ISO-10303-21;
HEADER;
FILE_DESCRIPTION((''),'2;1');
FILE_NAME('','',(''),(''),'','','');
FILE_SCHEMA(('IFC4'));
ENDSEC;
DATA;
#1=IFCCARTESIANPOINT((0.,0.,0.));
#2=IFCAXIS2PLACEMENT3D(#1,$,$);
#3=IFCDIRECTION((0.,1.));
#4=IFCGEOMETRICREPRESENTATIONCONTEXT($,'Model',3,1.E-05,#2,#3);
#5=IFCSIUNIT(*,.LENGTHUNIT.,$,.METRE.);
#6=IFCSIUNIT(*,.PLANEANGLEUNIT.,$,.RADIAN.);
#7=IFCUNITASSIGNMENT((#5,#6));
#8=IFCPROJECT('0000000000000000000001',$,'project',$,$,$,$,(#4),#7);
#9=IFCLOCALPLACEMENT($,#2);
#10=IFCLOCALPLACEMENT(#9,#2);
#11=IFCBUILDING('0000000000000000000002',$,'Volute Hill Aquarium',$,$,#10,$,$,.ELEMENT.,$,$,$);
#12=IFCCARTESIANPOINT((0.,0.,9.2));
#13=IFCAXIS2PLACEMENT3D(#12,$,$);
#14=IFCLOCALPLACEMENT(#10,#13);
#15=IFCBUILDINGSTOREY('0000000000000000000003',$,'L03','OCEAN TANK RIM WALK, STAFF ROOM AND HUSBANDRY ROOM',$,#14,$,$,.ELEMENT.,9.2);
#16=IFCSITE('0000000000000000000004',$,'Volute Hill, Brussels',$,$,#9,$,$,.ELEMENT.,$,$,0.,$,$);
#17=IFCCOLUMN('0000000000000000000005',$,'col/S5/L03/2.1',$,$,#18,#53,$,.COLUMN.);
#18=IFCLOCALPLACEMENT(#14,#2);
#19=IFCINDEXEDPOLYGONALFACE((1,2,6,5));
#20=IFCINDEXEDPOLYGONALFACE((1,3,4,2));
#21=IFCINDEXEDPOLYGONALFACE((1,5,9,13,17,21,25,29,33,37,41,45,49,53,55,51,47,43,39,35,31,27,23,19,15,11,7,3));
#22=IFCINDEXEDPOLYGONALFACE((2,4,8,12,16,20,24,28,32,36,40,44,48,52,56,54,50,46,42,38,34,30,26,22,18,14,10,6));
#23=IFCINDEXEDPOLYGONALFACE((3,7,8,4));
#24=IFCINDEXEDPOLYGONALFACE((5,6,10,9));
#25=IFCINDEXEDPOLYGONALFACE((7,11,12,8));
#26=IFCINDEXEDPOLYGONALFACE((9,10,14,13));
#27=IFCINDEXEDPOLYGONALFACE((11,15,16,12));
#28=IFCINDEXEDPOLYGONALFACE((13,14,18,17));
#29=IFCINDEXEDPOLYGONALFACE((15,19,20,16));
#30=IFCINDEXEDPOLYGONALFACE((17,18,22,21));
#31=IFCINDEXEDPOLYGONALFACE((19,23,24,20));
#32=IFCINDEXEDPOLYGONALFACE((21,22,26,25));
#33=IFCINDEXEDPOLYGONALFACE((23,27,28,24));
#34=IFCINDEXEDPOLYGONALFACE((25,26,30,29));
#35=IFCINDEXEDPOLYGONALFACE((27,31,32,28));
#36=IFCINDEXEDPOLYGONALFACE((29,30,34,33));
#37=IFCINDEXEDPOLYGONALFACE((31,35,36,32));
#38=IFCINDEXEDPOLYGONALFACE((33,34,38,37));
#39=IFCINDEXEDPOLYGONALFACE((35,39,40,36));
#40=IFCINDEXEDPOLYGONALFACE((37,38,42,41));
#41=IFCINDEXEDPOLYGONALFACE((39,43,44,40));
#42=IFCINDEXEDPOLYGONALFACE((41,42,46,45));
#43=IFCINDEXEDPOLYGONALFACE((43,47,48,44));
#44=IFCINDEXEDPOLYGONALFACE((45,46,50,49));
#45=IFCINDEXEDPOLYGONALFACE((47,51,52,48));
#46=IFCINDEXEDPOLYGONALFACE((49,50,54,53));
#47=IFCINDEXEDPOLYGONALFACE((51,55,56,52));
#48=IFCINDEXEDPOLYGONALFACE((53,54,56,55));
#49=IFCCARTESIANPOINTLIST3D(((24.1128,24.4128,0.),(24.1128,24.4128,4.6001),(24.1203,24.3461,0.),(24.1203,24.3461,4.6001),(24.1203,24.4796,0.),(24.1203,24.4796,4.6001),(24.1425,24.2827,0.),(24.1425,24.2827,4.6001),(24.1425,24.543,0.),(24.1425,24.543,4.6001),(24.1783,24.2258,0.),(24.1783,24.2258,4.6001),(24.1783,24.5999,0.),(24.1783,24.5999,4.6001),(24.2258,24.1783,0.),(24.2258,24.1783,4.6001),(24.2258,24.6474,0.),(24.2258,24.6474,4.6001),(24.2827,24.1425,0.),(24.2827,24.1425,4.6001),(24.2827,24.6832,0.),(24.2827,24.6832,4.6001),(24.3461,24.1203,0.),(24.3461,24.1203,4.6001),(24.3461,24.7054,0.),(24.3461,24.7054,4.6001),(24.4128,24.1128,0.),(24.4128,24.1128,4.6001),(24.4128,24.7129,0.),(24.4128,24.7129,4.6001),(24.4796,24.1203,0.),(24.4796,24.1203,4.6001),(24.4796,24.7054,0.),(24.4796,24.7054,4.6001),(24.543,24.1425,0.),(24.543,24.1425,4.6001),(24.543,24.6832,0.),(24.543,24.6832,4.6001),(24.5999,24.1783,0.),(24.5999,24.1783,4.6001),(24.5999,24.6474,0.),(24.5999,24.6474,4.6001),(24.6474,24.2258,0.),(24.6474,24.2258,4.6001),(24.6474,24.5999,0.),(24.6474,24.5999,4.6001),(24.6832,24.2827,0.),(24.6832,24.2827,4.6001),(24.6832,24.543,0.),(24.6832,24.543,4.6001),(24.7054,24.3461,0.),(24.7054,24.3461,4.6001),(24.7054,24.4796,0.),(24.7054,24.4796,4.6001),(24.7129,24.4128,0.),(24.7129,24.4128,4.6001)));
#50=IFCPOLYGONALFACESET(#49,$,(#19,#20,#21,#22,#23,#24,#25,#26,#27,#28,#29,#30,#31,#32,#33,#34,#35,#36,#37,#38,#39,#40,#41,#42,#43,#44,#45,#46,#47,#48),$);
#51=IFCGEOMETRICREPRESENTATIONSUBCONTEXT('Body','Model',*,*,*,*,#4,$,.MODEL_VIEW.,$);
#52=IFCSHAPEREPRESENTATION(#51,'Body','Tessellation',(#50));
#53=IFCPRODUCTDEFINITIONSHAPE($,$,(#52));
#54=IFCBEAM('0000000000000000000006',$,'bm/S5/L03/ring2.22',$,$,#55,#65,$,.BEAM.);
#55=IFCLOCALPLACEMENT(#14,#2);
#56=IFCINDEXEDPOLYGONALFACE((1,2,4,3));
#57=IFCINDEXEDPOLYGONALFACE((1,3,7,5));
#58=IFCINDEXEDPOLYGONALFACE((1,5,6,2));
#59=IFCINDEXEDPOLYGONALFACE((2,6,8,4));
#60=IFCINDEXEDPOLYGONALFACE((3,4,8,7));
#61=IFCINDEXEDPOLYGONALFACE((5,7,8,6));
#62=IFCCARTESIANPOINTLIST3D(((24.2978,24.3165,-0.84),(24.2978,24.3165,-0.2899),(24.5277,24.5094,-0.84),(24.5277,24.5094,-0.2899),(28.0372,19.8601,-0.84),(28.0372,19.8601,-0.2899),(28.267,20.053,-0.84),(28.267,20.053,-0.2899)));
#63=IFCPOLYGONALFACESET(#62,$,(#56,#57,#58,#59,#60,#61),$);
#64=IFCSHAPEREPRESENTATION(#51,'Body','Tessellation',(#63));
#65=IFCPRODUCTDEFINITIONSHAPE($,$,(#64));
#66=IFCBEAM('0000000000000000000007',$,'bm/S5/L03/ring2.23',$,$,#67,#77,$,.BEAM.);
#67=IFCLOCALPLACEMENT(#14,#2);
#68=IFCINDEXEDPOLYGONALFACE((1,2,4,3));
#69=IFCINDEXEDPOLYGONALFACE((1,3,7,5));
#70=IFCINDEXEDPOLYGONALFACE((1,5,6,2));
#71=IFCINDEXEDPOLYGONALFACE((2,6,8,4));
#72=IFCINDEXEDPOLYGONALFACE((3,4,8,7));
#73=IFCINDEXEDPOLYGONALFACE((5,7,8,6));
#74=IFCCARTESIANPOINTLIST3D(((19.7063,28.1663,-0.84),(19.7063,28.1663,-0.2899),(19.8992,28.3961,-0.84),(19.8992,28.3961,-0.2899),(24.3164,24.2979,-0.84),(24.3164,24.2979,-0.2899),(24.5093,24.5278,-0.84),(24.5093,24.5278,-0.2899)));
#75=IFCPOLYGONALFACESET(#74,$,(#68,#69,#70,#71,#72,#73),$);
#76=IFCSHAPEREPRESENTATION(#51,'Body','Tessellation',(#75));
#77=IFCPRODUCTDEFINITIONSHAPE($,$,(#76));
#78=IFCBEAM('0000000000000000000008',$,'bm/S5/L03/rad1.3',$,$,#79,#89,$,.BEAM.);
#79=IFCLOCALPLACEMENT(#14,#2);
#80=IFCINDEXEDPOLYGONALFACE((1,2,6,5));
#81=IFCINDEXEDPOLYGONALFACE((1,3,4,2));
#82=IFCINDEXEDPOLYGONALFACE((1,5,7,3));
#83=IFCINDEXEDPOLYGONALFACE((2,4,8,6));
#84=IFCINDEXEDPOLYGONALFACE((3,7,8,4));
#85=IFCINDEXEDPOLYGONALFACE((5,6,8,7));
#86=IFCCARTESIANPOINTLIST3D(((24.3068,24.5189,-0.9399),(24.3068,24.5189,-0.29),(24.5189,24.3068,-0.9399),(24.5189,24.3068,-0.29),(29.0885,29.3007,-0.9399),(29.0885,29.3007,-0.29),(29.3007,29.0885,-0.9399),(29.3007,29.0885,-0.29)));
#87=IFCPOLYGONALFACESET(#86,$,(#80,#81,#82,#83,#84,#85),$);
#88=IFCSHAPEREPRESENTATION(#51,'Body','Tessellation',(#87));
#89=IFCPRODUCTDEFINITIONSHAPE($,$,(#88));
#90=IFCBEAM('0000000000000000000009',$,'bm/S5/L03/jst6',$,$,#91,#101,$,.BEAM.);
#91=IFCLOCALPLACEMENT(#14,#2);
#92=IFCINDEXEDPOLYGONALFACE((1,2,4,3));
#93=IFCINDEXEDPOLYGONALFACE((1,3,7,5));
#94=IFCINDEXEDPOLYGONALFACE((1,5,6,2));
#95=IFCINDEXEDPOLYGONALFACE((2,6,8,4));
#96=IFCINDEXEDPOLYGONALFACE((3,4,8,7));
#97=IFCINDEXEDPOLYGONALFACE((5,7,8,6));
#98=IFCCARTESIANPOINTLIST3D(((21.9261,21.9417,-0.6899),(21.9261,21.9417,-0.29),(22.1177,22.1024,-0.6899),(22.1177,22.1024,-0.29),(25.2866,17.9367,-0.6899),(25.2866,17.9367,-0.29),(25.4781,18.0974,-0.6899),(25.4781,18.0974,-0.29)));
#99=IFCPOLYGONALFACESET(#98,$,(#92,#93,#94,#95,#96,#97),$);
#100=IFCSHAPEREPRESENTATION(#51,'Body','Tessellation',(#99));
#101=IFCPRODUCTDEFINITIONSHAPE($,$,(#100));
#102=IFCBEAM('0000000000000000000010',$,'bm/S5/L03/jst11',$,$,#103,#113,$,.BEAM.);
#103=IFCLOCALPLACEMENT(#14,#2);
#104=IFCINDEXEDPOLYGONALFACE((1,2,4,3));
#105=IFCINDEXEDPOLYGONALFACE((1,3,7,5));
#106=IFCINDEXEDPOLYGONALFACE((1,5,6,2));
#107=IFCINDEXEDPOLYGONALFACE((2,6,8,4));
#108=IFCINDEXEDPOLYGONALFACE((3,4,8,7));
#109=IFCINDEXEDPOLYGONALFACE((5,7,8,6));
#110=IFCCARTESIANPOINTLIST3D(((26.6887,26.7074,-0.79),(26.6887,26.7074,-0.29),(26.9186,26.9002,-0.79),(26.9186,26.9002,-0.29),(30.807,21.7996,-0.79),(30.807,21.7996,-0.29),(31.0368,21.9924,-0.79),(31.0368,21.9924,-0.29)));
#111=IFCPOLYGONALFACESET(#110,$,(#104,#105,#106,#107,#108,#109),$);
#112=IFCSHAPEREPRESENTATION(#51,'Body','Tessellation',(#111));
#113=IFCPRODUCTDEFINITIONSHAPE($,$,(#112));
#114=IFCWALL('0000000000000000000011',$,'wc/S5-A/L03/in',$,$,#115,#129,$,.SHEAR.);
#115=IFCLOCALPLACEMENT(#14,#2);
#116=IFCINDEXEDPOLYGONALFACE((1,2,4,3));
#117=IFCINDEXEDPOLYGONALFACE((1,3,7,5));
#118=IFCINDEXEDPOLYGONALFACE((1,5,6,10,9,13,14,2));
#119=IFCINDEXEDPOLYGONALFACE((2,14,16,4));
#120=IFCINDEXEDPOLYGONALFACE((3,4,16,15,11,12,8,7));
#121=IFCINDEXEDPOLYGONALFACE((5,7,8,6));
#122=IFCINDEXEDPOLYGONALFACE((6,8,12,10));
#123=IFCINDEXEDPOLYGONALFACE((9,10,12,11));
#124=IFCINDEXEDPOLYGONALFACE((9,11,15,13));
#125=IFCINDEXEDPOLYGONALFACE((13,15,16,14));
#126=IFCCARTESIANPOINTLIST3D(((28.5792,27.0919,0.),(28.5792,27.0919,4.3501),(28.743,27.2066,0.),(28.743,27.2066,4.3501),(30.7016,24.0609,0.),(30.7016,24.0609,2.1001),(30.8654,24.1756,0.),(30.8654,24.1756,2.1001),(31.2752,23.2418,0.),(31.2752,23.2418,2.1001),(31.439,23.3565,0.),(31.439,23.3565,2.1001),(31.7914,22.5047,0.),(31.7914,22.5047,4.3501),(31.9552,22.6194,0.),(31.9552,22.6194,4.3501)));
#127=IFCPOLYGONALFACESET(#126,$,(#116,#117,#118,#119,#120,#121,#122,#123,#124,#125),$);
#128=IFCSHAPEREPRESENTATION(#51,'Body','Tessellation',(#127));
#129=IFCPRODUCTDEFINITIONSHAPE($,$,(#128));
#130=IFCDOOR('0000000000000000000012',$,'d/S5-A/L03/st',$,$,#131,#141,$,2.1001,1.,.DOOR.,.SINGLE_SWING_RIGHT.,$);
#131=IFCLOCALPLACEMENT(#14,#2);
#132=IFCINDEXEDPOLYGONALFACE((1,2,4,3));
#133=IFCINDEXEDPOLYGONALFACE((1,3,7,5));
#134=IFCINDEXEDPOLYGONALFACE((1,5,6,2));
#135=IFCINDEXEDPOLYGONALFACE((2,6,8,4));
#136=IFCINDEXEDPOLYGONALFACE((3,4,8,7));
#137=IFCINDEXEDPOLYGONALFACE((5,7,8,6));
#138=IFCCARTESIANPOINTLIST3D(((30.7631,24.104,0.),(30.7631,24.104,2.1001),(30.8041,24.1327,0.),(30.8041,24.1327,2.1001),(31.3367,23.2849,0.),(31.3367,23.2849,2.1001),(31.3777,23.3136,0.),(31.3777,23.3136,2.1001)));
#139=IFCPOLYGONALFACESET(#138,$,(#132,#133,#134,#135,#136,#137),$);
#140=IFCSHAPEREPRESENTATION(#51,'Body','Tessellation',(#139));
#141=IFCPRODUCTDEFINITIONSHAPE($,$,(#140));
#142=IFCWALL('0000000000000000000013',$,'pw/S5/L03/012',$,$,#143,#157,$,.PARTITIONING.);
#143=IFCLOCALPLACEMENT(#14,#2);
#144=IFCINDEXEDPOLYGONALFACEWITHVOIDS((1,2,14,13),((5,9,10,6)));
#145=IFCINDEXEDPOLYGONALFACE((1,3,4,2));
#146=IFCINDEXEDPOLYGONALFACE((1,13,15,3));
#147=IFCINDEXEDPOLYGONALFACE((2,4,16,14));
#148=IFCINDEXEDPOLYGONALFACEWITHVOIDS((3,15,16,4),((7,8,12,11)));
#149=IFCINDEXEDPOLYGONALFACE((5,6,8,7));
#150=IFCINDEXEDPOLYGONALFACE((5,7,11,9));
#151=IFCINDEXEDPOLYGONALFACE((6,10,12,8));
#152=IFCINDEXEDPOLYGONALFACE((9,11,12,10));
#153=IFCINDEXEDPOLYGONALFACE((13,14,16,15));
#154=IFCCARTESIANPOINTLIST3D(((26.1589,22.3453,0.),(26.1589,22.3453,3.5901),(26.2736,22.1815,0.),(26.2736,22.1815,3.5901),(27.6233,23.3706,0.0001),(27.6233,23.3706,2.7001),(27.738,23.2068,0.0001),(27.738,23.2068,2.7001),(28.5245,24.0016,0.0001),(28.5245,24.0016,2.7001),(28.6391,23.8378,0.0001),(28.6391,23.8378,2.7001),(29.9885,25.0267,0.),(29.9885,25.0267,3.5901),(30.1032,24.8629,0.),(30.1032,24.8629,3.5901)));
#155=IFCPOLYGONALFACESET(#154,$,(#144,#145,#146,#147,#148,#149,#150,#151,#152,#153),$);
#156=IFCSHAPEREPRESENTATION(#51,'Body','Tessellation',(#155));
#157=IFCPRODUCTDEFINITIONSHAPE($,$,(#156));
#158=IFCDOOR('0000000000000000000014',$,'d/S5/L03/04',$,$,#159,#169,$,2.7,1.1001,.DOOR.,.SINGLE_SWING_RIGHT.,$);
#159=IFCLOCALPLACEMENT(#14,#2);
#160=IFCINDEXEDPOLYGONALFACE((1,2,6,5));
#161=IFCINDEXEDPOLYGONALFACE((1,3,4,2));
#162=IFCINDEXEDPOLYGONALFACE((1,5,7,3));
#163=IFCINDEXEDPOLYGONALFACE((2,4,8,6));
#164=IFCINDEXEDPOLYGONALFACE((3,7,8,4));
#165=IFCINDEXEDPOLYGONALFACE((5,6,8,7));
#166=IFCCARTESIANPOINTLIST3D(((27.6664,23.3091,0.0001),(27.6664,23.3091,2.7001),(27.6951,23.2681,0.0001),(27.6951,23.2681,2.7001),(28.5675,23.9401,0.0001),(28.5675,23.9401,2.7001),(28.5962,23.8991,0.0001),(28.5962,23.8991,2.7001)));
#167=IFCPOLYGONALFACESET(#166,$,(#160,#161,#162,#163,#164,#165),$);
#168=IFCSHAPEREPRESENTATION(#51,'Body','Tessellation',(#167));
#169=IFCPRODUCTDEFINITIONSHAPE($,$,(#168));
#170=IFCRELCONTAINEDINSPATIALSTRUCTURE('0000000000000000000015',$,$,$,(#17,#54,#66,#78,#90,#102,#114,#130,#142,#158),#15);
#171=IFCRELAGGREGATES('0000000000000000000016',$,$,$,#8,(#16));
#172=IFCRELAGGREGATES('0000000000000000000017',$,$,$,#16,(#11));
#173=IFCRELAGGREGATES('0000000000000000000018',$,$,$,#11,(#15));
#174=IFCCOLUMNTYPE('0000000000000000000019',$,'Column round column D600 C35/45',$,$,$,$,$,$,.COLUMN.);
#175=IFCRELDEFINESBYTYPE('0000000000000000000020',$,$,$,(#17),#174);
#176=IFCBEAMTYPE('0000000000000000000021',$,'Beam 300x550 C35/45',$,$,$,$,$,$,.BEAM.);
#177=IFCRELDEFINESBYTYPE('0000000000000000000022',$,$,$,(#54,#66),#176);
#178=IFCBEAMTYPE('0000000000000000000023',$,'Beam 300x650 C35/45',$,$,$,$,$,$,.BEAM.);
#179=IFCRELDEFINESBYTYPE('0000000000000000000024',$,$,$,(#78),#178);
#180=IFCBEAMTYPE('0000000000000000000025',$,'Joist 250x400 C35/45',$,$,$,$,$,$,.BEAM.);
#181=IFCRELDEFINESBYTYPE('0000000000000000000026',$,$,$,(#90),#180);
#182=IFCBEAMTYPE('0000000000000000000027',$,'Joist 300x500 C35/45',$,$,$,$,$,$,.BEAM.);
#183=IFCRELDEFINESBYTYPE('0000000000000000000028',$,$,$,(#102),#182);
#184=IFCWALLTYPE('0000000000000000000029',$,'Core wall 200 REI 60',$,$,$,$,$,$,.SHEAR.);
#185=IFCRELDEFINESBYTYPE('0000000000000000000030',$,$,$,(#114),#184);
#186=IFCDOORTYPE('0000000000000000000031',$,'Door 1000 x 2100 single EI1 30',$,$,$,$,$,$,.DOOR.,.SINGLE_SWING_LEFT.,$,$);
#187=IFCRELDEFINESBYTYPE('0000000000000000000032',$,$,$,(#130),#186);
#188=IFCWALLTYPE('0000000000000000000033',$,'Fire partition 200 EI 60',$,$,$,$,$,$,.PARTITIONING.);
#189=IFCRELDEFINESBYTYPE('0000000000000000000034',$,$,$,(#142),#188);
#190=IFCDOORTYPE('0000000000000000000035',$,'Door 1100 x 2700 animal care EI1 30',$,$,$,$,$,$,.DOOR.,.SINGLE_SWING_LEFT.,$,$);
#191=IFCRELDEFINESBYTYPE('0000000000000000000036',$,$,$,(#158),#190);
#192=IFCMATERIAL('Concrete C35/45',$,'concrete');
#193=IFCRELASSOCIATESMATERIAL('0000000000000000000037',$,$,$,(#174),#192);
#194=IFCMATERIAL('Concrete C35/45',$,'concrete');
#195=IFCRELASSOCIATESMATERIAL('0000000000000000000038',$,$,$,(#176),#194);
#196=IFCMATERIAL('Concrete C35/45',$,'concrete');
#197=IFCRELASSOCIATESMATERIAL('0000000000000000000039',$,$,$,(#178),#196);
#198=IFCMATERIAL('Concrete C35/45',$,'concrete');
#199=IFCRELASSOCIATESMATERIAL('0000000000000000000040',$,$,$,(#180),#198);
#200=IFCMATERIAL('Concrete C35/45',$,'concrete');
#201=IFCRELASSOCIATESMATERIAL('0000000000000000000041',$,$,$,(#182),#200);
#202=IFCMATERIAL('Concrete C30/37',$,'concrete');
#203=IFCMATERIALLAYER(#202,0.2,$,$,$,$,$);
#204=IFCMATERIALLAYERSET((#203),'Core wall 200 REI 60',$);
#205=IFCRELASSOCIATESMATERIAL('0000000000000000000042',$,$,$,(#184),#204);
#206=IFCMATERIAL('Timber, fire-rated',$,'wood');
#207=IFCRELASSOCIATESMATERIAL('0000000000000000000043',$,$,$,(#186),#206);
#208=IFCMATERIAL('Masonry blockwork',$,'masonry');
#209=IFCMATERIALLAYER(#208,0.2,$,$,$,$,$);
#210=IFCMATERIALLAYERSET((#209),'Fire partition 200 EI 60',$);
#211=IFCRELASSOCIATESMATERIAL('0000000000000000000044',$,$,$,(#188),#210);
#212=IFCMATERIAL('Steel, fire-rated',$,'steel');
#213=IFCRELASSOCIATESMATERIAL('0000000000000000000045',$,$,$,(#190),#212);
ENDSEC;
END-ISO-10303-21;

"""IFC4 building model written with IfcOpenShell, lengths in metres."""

from ifc_helpers import new_model, si_unit, direction, frame, frame_2d, origin, origin_2d, place, context, subcontext, project, spatial, rectangle, circle, extrude, material, layer, layer_set, material_profile, profile_set, type_object, element, fill, save


model = new_model("IFC4")

# Units and contexts
model_context = context("Model", 3, precision=1e-05, world=origin(), true_north=direction((0.0, 1.0)))
body_context = subcontext(model_context, "Body", "Model", "MODEL_VIEW")
ifc_project = project(units=[si_unit("LENGTHUNIT", "METRE"), si_unit("PLANEANGLEUNIT", "RADIAN")], contexts=[model_context])

# Site, building, storey
site_placement = place(None, origin())
site = spatial("IfcSite", under=ifc_project, at=site_placement, Name="Volute Hill, Brussels", CompositionType="ELEMENT", RefElevation=0.0)
building_placement = place(site_placement, origin())
building = spatial("IfcBuilding", under=site, at=building_placement, Name="Volute Hill Aquarium", CompositionType="ELEMENT")
storey_placement = place(building_placement, frame((0.0, 0.0, 9.2)))
storey = spatial("IfcBuildingStorey", under=building, at=storey_placement, Name="L03", Description="OCEAN TANK RIM WALK, STAFF ROOM AND HUSBANDRY ROOM", CompositionType="ELEMENT", Elevation=9.2)

# Column
ifc_material_1 = material(Name="Concrete C35/45", Category="concrete")
ifc_material_profile_1 = material_profile(ifc_material_1, circle(Radius=0.3, at=origin_2d()), Name="RC round column D600")
ifc_profile_set_1 = profile_set([ifc_material_profile_1], Name="Concrete C35/45")
column_type = type_object("IfcColumnType", Name="Column round column D600 C35/45", PredefinedType="COLUMN", material=ifc_profile_set_1)
column_placement = place(storey_placement, frame((24.4128, 24.4128, 0.0), z_axis=(0.0, 0.0, 1.0), x_axis=(1.0, 0.0, 0.0)))
element("IfcColumn", 1, at=column_placement, inside=storey, type_object=column_type, Name="col/S5/L03/2.1", PredefinedType="COLUMN", context=body_context, shape_type="SweptSolid", body=[
    extrude(circle(Radius=0.3, at=origin_2d()), origin(), (0.0, 0.0, 1.0), 4.6001),
])

# Beams
ifc_material_2 = material(Name="Concrete C35/45", Category="concrete")
ifc_material_profile_2 = material_profile(ifc_material_2, rectangle(XDim=0.3, YDim=0.55, at=origin_2d()), Name="RC beam 300x550")
ifc_profile_set_2 = profile_set([ifc_material_profile_2], Name="Concrete C35/45")
beam_type_1 = type_object("IfcBeamType", Name="Beam 300x550 C35/45", PredefinedType="BEAM", material=ifc_profile_set_2)
beam_1_placement = place(storey_placement, frame((28.1521, 19.9565, -0.5649), z_axis=(-0.642786, 0.766046, 0.0), x_axis=(-0.766046, -0.642786, 0.0)))
element("IfcBeam", 2, at=beam_1_placement, inside=storey, type_object=beam_type_1, Name="bm/S5/L03/ring2.22", PredefinedType="BEAM", context=body_context, shape_type="SweptSolid", body=[
    extrude(rectangle(XDim=0.3, YDim=0.55, at=origin_2d()), origin(), (0.0, 0.0, 1.0), 5.8174),
])
beam_2_placement = place(storey_placement, frame((24.4128, 24.4128, -0.5649), z_axis=(-0.766039, 0.642794, 0.0), x_axis=(-0.642794, -0.766039, 0.0)))
element("IfcBeam", 3, at=beam_2_placement, inside=storey, type_object=beam_type_1, Name="bm/S5/L03/ring2.23", PredefinedType="BEAM", context=body_context, shape_type="SweptSolid", body=[
    extrude(rectangle(XDim=0.3, YDim=0.55, at=origin_2d()), origin(), (0.0, 0.0, 1.0), 6.0181),
])
ifc_material_3 = material(Name="Concrete C35/45", Category="concrete")
ifc_material_profile_3 = material_profile(ifc_material_3, rectangle(XDim=0.3, YDim=0.6499, at=origin_2d()), Name="RC beam 300x650")
ifc_profile_set_3 = profile_set([ifc_material_profile_3], Name="Concrete C35/45")
beam_type_2 = type_object("IfcBeamType", Name="Beam 300x650 C35/45", PredefinedType="BEAM", material=ifc_profile_set_3)
beam_3_placement = place(storey_placement, frame((24.4128, 24.4128, -0.615), z_axis=(0.707107, 0.707107, 0.0), x_axis=(-0.707107, 0.707107, 0.0)))
element("IfcBeam", 4, at=beam_3_placement, inside=storey, type_object=beam_type_2, Name="bm/S5/L03/rad1.3", PredefinedType="BEAM", context=body_context, shape_type="SweptSolid", body=[
    extrude(rectangle(XDim=0.3, YDim=0.6499, at=origin_2d()), origin(), (0.0, 0.0, 1.0), 6.7625),
])
ifc_material_4 = material(Name="Concrete C35/45", Category="concrete")
ifc_material_profile_4 = material_profile(ifc_material_4, rectangle(XDim=0.25, YDim=0.3999, at=origin_2d()), Name="RC joist 250x400")
ifc_profile_set_4 = profile_set([ifc_material_profile_4], Name="Concrete C35/45")
beam_type_3 = type_object("IfcBeamType", Name="Joist 250x400 C35/45", PredefinedType="BEAM", material=ifc_profile_set_4)
beam_4_placement = place(storey_placement, frame((25.3823, 18.0171, -0.49), z_axis=(-0.642771, 0.766058, 0.0), x_axis=(-0.766058, -0.642771, 0.0)))
element("IfcBeam", 5, at=beam_4_placement, inside=storey, type_object=beam_type_3, Name="bm/S5/L03/jst6", PredefinedType="BEAM", context=body_context, shape_type="SweptSolid", body=[
    extrude(rectangle(XDim=0.25, YDim=0.3999, at=origin_2d()), origin(), (0.0, 0.0, 1.0), 5.228),
])
ifc_material_5 = material(Name="Concrete C35/45", Category="concrete")
ifc_material_profile_5 = material_profile(ifc_material_5, rectangle(XDim=0.3, YDim=0.5, at=origin_2d()), Name="RC joist 300x500")
ifc_profile_set_5 = profile_set([ifc_material_profile_5], Name="Concrete C35/45")
beam_type_4 = type_object("IfcBeamType", Name="Joist 300x500 C35/45", PredefinedType="BEAM", material=ifc_profile_set_5)
beam_5_placement = place(storey_placement, frame((30.9219, 21.896, -0.54), z_axis=(-0.642797, 0.766037, 0.0), x_axis=(-0.766037, -0.642797, 0.0)))
element("IfcBeam", 6, at=beam_5_placement, inside=storey, type_object=beam_type_4, Name="bm/S5/L03/jst11", PredefinedType="BEAM", context=body_context, shape_type="SweptSolid", body=[
    extrude(rectangle(XDim=0.3, YDim=0.5, at=origin_2d()), origin(), (0.0, 0.0, 1.0), 6.4067),
])

# Walls, openings, doors
ifc_material_6 = material(Name="Concrete C30/37", Category="concrete")
ifc_layer_1 = layer(ifc_material_6, 0.2)
ifc_layer_set_1 = layer_set([ifc_layer_1], Name="Core wall 200 REI 60")
wall_type_1 = type_object("IfcWallType", Name="Core wall 200 REI 60", PredefinedType="SHEAR", material=ifc_layer_set_1)
wall_1_placement = place(storey_placement, frame((31.8733, 22.562, 0.0), z_axis=(0.0, 0.0, 1.0), x_axis=(-0.5736, 0.819136, 0.0)))
wall_1 = element("IfcWall", 7, at=wall_1_placement, inside=storey, type_object=wall_type_1, Name="wc/S5-A/L03/in", PredefinedType="SHEAR", context=body_context, shape_type="SweptSolid", body=[
    extrude(rectangle(XDim=5.6001, YDim=0.2, at=frame_2d((2.8, 0.0))), origin(), (0.0, 0.0, 1.0), 4.3501),
])
opening_1_placement = place(wall_1_placement, frame((0.8999, 0.0, 0.0)))
opening_1 = element("IfcOpeningElement", 8, at=opening_1_placement, cuts=wall_1, PredefinedType="OPENING", context=body_context, shape_type="SweptSolid", body=[
    extrude(rectangle(XDim=1.0, YDim=2.1001, at=frame_2d((0.5, 1.05))), frame((0.0, 0.1099, 0.0), z_axis=(0.0, -1.0, 0.0), x_axis=(1.0, 0.0, 0.0)), (0.0, 0.0, 1.0), 0.22),
])
ifc_material_7 = material(Name="Timber, fire-rated", Category="wood")
door_type_1 = type_object("IfcDoorType", Name="Door 1000 x 2100 single EI1 30", OperationType="SINGLE_SWING_LEFT", PredefinedType="DOOR", material=ifc_material_7)
door_1_placement = place(opening_1_placement, origin())
door_1 = element("IfcDoor", 9, at=door_1_placement, inside=storey, type_object=door_type_1, Name="d/S5-A/L03/st", OperationType="SINGLE_SWING_RIGHT", OverallHeight=2.1001, OverallWidth=1.0, PredefinedType="DOOR", context=body_context, shape_type="SweptSolid", body=[
    extrude(rectangle(XDim=1.0, YDim=2.1001, at=frame_2d((0.5, 1.05))), frame((0.0, 0.0249, 0.0), z_axis=(0.0, -1.0, 0.0), x_axis=(1.0, 0.0, 0.0)), (0.0, 0.0, 1.0), 0.05),
])
fill(opening_1, door_1)
ifc_material_8 = material(Name="Masonry blockwork", Category="masonry")
ifc_layer_2 = layer(ifc_material_8, 0.2)
ifc_layer_set_2 = layer_set([ifc_layer_2], Name="Fire partition 200 EI 60")
wall_type_2 = type_object("IfcWallType", Name="Fire partition 200 EI 60", PredefinedType="PARTITIONING", material=ifc_layer_set_2)
wall_2_placement = place(storey_placement, frame((26.2163, 22.2634, 0.0), z_axis=(0.0, 0.0, 1.0), x_axis=(0.819163, 0.57356, 0.0)))
wall_2 = element("IfcWall", 10, at=wall_2_placement, inside=storey, type_object=wall_type_2, Name="pw/S5/L03/012", PredefinedType="PARTITIONING", context=body_context, shape_type="SweptSolid", body=[
    extrude(rectangle(XDim=4.675, YDim=0.2, at=frame_2d((2.3374, 0.0))), origin(), (0.0, 0.0, 1.0), 3.5901),
])
opening_2_placement = place(wall_2_placement, frame((1.7876, 0.0, 0.0)))
opening_2 = element("IfcOpeningElement", 11, at=opening_2_placement, cuts=wall_2, PredefinedType="OPENING", context=body_context, shape_type="SweptSolid", body=[
    extrude(rectangle(XDim=1.1001, YDim=2.7, at=frame_2d((0.55, 1.3501))), frame((0.0, 0.1099, 0.0), z_axis=(0.0, -1.0, 0.0), x_axis=(1.0, 0.0, 0.0)), (0.0, 0.0, 1.0), 0.22),
])
ifc_material_9 = material(Name="Steel, fire-rated", Category="steel")
door_type_2 = type_object("IfcDoorType", Name="Door 1100 x 2700 animal care EI1 30", OperationType="SINGLE_SWING_LEFT", PredefinedType="DOOR", material=ifc_material_9)
door_2_placement = place(opening_2_placement, origin())
door_2 = element("IfcDoor", 12, at=door_2_placement, inside=storey, type_object=door_type_2, Name="d/S5/L03/04", OperationType="SINGLE_SWING_RIGHT", OverallHeight=2.7, OverallWidth=1.1001, PredefinedType="DOOR", context=body_context, shape_type="SweptSolid", body=[
    extrude(rectangle(XDim=1.1001, YDim=2.7, at=frame_2d((0.55, 1.3501))), frame((0.0, 0.0249, 0.0), z_axis=(0.0, -1.0, 0.0), x_axis=(1.0, 0.0, 0.0)), (0.0, 0.0, 1.0), 0.05),
])
fill(opening_2, door_2)

save(model, "model.ifc")
